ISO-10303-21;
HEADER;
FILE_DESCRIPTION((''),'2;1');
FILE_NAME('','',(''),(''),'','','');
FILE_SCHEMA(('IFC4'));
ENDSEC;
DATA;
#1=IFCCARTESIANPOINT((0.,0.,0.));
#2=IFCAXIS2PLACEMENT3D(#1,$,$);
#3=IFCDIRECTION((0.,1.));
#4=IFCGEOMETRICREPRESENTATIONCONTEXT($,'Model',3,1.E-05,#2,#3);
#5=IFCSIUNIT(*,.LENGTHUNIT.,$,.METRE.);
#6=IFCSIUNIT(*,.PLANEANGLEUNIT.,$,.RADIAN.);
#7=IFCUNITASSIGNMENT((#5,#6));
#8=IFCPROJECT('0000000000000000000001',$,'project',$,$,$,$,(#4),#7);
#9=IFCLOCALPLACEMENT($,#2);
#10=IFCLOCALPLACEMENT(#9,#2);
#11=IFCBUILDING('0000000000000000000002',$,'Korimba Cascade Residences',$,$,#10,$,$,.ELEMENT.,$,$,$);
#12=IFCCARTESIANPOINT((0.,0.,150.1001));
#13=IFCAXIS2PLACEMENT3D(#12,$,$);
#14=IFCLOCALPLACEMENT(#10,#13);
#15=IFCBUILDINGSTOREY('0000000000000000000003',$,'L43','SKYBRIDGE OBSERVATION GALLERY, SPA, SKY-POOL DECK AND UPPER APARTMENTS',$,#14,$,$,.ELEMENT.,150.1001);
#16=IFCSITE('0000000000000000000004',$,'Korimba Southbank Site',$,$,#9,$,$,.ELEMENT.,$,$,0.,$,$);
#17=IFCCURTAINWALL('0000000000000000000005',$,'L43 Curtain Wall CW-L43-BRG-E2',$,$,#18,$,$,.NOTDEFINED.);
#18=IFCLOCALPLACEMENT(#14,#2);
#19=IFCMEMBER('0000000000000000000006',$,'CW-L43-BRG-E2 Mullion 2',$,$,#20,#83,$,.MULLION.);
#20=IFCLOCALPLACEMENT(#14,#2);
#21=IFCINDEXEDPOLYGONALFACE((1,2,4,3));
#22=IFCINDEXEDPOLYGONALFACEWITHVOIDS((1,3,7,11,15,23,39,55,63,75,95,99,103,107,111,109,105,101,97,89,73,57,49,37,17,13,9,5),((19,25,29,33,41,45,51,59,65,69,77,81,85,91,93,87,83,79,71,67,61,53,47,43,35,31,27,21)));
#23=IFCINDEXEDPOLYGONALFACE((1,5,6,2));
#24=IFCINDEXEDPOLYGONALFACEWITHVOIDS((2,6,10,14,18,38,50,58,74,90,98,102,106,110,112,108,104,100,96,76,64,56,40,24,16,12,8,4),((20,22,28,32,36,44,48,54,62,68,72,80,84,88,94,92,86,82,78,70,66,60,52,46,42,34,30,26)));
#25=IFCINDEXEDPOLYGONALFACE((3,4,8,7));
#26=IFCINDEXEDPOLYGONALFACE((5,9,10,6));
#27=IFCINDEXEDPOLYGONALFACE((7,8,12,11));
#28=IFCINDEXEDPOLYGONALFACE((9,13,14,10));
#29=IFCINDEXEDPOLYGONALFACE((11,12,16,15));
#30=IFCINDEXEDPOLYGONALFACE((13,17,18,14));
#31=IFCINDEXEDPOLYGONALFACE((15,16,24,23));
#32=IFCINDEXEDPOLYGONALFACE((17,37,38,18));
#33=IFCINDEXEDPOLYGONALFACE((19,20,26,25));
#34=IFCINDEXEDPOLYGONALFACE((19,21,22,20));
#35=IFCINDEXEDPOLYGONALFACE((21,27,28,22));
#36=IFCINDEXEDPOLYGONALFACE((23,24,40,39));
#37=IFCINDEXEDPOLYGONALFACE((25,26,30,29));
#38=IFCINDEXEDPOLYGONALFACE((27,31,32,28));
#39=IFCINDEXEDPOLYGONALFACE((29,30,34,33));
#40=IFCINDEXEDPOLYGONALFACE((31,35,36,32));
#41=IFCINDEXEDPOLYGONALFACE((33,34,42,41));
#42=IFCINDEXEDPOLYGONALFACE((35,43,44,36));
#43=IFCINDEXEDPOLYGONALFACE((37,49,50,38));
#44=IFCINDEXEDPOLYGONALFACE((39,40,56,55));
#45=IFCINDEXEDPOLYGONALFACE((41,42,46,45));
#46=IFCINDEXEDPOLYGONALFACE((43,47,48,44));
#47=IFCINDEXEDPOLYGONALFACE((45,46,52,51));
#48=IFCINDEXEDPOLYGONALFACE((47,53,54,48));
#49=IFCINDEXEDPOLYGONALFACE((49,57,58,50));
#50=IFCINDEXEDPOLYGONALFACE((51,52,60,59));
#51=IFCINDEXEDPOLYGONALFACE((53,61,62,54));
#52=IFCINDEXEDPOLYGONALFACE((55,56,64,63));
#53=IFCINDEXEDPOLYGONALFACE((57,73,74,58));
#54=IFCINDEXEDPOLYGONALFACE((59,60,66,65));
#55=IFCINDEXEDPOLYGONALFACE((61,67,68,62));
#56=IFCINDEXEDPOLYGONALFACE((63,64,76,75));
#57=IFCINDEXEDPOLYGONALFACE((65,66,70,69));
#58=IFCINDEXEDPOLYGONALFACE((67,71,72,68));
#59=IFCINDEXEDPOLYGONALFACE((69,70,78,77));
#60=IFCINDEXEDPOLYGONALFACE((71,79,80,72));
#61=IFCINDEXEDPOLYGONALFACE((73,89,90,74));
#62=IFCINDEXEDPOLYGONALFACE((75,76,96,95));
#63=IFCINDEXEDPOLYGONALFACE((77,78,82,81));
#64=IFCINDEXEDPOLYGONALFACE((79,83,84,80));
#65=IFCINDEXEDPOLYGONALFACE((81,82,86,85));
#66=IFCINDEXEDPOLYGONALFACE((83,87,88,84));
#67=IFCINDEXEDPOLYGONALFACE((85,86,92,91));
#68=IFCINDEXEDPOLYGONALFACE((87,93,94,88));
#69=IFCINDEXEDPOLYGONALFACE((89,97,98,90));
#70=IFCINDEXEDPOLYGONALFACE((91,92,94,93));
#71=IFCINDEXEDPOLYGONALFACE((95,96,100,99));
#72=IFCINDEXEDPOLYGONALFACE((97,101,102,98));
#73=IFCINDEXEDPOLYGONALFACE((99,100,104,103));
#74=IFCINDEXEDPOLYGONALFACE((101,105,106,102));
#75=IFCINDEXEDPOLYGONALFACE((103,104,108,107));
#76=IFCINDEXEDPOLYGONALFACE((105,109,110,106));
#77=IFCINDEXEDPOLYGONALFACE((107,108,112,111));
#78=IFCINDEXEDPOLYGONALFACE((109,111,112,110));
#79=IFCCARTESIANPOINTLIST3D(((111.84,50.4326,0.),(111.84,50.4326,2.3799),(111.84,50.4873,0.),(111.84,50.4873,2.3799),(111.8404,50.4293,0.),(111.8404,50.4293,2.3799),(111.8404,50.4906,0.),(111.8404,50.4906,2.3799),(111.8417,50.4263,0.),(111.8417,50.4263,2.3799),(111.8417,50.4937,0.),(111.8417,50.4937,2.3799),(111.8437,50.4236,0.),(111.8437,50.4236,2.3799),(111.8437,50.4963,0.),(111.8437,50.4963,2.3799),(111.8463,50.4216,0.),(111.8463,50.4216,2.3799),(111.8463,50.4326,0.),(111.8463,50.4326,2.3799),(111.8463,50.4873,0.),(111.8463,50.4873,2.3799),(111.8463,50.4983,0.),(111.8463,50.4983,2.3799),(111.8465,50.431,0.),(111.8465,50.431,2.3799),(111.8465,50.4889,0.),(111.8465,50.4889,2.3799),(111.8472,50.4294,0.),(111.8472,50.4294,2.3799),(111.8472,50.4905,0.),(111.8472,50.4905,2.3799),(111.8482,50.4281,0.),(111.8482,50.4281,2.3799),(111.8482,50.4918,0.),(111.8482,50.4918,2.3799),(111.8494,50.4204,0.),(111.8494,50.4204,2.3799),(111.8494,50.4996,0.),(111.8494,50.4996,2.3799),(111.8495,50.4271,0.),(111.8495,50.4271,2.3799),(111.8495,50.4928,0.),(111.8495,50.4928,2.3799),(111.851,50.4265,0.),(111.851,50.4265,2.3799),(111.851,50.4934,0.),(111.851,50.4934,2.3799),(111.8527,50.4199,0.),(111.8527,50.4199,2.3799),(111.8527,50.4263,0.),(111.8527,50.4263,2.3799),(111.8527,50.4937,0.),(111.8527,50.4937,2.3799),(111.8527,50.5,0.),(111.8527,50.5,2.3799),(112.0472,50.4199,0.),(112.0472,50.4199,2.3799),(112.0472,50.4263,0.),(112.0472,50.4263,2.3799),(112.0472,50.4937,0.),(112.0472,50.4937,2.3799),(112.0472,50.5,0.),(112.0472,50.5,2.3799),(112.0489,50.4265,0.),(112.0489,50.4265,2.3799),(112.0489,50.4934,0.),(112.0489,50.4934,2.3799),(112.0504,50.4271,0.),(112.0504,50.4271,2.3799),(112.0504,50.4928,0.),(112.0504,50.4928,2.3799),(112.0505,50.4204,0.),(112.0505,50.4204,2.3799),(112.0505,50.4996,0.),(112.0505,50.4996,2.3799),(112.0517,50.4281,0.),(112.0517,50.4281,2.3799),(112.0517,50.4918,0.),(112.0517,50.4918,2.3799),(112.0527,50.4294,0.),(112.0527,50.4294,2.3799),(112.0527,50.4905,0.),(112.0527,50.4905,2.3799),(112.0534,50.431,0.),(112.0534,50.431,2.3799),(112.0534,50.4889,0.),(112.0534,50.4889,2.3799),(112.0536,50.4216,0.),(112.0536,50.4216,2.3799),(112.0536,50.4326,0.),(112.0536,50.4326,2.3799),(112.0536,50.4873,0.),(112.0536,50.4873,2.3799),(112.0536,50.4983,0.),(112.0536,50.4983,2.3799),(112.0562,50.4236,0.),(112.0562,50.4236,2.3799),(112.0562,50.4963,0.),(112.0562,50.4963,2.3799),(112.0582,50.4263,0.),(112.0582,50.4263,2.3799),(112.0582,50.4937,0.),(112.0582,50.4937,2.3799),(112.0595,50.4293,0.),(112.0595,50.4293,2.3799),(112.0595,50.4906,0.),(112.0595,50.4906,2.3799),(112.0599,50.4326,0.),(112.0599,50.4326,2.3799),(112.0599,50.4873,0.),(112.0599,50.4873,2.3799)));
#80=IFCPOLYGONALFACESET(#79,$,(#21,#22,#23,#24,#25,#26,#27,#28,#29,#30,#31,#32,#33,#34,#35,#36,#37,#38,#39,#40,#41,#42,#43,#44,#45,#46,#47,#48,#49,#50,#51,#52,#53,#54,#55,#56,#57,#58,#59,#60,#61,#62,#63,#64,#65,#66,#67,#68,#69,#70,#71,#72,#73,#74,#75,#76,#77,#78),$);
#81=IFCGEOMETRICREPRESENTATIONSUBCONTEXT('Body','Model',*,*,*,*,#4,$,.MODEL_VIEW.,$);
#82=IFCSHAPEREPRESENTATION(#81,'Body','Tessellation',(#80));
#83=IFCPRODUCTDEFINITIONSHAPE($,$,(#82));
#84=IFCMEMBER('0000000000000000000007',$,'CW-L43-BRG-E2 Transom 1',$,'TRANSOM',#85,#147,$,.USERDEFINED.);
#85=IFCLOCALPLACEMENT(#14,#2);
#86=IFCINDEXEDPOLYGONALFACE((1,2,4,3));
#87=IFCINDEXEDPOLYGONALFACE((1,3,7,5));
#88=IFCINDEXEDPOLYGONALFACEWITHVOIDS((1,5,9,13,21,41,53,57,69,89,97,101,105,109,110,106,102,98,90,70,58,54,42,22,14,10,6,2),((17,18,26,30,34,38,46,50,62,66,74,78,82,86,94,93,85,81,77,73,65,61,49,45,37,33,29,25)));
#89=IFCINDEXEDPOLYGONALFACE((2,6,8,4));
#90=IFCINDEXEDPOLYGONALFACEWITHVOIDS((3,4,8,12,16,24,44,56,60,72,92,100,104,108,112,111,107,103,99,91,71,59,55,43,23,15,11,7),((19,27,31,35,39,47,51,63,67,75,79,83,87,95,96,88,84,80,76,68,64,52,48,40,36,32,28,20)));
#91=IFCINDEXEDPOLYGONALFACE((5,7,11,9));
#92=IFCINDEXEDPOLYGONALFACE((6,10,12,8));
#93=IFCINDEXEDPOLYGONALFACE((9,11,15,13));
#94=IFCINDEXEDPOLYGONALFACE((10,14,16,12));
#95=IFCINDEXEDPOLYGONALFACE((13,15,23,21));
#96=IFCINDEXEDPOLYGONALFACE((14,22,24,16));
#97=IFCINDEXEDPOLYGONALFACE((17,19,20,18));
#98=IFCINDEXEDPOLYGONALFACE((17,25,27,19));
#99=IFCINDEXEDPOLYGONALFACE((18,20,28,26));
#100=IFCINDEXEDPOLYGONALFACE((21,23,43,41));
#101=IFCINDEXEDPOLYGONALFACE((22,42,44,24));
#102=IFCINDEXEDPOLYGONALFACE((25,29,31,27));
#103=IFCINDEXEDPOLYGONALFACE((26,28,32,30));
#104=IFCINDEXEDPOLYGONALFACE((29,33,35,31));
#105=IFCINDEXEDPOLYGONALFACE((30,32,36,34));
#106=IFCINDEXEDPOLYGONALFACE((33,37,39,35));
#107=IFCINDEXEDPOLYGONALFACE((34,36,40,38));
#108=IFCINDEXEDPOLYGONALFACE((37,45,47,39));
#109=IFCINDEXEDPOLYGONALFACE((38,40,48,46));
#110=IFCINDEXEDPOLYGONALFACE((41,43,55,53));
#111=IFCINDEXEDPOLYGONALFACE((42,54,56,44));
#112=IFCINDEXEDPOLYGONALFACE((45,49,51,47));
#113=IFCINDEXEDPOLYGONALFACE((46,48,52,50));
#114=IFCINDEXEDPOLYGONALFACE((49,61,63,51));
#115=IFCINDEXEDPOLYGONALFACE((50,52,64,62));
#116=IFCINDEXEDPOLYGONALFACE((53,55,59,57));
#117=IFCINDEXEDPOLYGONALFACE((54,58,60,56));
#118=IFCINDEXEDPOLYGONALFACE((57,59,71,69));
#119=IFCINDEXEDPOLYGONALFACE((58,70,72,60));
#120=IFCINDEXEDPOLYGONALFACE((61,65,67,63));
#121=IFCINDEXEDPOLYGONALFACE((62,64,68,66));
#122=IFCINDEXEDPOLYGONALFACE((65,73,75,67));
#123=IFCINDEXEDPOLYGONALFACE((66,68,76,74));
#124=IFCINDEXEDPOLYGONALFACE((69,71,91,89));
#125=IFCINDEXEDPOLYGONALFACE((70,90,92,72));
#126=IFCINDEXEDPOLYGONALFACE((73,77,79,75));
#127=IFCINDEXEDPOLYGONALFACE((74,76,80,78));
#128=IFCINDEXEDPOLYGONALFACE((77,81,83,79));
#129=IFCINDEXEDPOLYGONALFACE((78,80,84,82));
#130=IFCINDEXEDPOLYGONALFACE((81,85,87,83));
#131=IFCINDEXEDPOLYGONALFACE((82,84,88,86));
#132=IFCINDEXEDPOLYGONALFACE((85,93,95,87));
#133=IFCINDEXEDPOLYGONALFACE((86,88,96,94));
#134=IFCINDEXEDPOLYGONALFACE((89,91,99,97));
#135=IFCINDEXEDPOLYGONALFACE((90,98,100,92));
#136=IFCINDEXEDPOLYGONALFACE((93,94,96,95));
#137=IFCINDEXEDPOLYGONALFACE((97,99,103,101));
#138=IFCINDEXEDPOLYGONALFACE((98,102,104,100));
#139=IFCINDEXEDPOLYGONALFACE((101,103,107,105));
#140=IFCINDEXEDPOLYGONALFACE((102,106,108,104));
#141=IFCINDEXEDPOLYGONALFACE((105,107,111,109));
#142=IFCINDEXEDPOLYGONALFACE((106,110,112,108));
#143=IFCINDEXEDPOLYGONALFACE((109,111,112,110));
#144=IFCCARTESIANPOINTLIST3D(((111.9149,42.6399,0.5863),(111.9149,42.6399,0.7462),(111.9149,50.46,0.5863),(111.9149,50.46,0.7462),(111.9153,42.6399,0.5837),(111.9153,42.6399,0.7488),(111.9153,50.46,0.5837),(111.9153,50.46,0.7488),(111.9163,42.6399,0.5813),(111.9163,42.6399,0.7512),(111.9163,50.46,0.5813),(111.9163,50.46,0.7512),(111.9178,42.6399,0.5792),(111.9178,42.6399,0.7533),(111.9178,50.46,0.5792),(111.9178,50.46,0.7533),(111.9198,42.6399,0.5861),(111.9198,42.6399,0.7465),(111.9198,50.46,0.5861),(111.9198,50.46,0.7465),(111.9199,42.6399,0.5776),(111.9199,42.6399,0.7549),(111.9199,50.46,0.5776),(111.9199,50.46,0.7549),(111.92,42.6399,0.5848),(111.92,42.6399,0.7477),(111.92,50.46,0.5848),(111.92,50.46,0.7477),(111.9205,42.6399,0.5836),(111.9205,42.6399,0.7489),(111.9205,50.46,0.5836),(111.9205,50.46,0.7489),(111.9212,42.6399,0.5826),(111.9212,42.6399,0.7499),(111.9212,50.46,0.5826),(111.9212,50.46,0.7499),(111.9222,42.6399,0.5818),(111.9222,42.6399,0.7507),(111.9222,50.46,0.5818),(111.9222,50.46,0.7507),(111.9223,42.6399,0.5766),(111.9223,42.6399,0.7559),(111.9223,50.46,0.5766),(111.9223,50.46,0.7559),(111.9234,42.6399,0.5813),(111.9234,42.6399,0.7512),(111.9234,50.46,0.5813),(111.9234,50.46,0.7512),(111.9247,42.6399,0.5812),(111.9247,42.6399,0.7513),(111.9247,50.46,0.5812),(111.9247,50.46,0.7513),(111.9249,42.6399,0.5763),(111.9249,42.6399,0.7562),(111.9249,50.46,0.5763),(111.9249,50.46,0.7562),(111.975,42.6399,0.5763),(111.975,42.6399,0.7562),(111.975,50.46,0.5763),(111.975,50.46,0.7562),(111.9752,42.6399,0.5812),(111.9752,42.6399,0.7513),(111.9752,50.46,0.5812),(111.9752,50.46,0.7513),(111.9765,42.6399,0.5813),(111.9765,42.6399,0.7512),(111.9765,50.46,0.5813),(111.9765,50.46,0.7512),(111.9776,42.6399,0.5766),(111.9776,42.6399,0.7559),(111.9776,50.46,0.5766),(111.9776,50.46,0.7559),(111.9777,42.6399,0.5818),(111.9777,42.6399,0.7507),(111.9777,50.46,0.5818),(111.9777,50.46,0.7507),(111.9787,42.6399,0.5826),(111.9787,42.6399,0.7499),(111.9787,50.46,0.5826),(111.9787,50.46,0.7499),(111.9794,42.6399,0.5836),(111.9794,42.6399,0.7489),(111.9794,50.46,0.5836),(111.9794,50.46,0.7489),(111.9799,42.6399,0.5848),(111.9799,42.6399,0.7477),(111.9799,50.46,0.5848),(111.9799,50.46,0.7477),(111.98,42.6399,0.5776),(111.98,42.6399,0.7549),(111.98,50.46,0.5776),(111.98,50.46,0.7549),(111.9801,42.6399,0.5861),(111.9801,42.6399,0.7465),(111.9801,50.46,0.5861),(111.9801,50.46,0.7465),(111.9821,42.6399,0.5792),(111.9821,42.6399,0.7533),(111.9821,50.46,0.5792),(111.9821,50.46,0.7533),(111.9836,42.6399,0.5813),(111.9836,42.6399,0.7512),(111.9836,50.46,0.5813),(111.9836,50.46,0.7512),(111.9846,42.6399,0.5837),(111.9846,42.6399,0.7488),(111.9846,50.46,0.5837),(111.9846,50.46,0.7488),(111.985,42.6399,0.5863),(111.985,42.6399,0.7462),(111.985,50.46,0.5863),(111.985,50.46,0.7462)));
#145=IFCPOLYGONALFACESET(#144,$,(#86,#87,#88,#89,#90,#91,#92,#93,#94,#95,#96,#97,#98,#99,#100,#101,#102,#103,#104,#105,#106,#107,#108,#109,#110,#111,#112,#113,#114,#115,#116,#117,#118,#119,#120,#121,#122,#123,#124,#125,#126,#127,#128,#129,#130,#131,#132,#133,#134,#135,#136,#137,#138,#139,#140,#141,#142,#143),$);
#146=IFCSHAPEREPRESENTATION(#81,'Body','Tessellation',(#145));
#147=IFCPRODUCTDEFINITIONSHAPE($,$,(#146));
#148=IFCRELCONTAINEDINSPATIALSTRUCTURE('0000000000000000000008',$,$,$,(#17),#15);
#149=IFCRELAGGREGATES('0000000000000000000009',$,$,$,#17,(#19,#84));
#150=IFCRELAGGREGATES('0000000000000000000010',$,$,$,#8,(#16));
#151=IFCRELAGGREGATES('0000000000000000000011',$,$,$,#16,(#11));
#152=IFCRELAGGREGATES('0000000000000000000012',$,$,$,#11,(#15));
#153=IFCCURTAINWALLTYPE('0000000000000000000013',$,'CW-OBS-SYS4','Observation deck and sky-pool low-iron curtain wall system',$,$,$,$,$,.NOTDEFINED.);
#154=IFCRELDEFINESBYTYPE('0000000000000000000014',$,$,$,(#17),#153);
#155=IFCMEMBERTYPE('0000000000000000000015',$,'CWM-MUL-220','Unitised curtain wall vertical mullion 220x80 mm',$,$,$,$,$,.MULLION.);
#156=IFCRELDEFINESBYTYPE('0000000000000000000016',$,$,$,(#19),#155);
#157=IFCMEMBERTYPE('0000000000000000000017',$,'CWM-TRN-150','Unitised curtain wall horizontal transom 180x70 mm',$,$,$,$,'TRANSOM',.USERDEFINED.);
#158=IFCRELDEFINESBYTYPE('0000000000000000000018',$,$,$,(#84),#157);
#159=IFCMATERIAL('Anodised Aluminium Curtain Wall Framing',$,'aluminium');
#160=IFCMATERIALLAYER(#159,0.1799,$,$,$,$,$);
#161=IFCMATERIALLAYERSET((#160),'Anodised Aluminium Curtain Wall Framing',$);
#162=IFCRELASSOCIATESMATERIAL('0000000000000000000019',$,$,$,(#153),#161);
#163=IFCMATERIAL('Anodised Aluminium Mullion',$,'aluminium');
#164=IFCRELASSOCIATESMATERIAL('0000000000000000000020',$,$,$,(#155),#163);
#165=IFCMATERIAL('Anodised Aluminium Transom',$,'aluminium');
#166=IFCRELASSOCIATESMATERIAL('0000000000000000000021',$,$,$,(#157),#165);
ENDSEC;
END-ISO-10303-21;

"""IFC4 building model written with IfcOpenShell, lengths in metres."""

from ifc_helpers import new_model, si_unit, direction, frame, origin, origin_2d, place, context, subcontext, project, spatial, hollow_rectangle, extrude, material, layer, layer_set, material_profile, profile_set, type_object, element, aggregate, save


model = new_model("IFC4")

# Units and contexts
model_context = context("Model", 3, precision=1e-05, world=origin(), true_north=direction((0.0, 1.0)))
body_context = subcontext(model_context, "Body", "Model", "MODEL_VIEW")
ifc_project = project(units=[si_unit("LENGTHUNIT", "METRE"), si_unit("PLANEANGLEUNIT", "RADIAN")], contexts=[model_context])

# Site, building, storey
site_placement = place(None, origin())
site = spatial("IfcSite", under=ifc_project, at=site_placement, Name="Korimba Southbank Site", CompositionType="ELEMENT", RefElevation=0.0)
building_placement = place(site_placement, origin())
building = spatial("IfcBuilding", under=site, at=building_placement, Name="Korimba Cascade Residences", CompositionType="ELEMENT")
storey_placement = place(building_placement, frame((0.0, 0.0, 150.1001)))
storey = spatial("IfcBuildingStorey", under=building, at=storey_placement, Name="L43", Description="SKYBRIDGE OBSERVATION GALLERY, SPA, SKY-POOL DECK AND UPPER APARTMENTS", CompositionType="ELEMENT", Elevation=150.1001)

# Shared definitions
ifc_material_1 = material(Name="Anodised Aluminium Curtain Wall Framing", Category="aluminium")
ifc_layer_1 = layer(ifc_material_1, 0.1799)
ifc_layer_set_1 = layer_set([ifc_layer_1], Name="Anodised Aluminium Curtain Wall Framing")
curtain_wall_type = type_object("IfcCurtainWallType", Name="CW-OBS-SYS4", Description="Observation deck and sky-pool low-iron curtain wall system", PredefinedType="NOTDEFINED", material=ifc_layer_set_1)
ifc_material_2 = material(Name="Anodised Aluminium Mullion", Category="aluminium")
ifc_material_profile_1 = material_profile(ifc_material_2, hollow_rectangle(XDim=0.0801, YDim=0.22, WallThickness=0.0063, InnerFilletRadius=0.0063, OuterFilletRadius=0.0127, at=origin_2d()), Name="Anodised Aluminium Mullion")
ifc_profile_set_1 = profile_set([ifc_material_profile_1], Name="Anodised Aluminium Mullion")
member_type_1 = type_object("IfcMemberType", Name="CWM-MUL-220", Description="Unitised curtain wall vertical mullion 220x80 mm", PredefinedType="MULLION", material=ifc_profile_set_1)

# Curtain wall, members
curtain_wall_1_placement = place(storey_placement, origin())
curtain_wall_1 = element("IfcCurtainWall", 1, at=curtain_wall_1_placement, inside=storey, type_object=curtain_wall_type, Name="L43 Curtain Wall CW-L43-BRG-E2", PredefinedType="NOTDEFINED")
member_1_placement = place(storey_placement, frame((111.95, 50.46, 0.0), z_axis=(0.0, 0.0, 1.0), x_axis=(0.0, 1.0, 0.0)))
member_1 = element("IfcMember", 2, at=member_1_placement, type_object=member_type_1, Name="CW-L43-BRG-E2 Mullion 2", PredefinedType="MULLION", context=body_context, shape_type="SweptSolid", body=[
    extrude(hollow_rectangle(XDim=0.0801, YDim=0.22, WallThickness=0.0063, InnerFilletRadius=0.0063, OuterFilletRadius=0.0127, at=origin_2d()), origin(), (0.0, 0.0, 1.0), 2.3799),
])
ifc_material_3 = material(Name="Anodised Aluminium Transom", Category="aluminium")
ifc_material_profile_2 = material_profile(ifc_material_3, hollow_rectangle(XDim=0.0701, YDim=0.1799, WallThickness=0.0049, InnerFilletRadius=0.0049, OuterFilletRadius=0.01, at=origin_2d()), Name="Anodised Aluminium Transom")
ifc_profile_set_2 = profile_set([ifc_material_profile_2], Name="Anodised Aluminium Transom")
member_type_2 = type_object("IfcMemberType", Name="CWM-TRN-150", Description="Unitised curtain wall horizontal transom 180x70 mm", ElementType="TRANSOM", PredefinedType="USERDEFINED", material=ifc_profile_set_2)
member_2_placement = place(storey_placement, frame((111.95, 42.6399, 0.6663), z_axis=(0.0, 1.0, 0.0), x_axis=(-1.0, 0.0, 0.0)))
member_2 = element("IfcMember", 3, at=member_2_placement, type_object=member_type_2, Name="CW-L43-BRG-E2 Transom 1", ObjectType="TRANSOM", PredefinedType="USERDEFINED", context=body_context, shape_type="SweptSolid", body=[
    extrude(hollow_rectangle(XDim=0.0701, YDim=0.1799, WallThickness=0.0049, InnerFilletRadius=0.0049, OuterFilletRadius=0.01, at=origin_2d()), origin(), (0.0, 0.0, 1.0), 7.8201),
])

aggregate(curtain_wall_1, [member_1, member_2])

save(model, "model.ifc")
